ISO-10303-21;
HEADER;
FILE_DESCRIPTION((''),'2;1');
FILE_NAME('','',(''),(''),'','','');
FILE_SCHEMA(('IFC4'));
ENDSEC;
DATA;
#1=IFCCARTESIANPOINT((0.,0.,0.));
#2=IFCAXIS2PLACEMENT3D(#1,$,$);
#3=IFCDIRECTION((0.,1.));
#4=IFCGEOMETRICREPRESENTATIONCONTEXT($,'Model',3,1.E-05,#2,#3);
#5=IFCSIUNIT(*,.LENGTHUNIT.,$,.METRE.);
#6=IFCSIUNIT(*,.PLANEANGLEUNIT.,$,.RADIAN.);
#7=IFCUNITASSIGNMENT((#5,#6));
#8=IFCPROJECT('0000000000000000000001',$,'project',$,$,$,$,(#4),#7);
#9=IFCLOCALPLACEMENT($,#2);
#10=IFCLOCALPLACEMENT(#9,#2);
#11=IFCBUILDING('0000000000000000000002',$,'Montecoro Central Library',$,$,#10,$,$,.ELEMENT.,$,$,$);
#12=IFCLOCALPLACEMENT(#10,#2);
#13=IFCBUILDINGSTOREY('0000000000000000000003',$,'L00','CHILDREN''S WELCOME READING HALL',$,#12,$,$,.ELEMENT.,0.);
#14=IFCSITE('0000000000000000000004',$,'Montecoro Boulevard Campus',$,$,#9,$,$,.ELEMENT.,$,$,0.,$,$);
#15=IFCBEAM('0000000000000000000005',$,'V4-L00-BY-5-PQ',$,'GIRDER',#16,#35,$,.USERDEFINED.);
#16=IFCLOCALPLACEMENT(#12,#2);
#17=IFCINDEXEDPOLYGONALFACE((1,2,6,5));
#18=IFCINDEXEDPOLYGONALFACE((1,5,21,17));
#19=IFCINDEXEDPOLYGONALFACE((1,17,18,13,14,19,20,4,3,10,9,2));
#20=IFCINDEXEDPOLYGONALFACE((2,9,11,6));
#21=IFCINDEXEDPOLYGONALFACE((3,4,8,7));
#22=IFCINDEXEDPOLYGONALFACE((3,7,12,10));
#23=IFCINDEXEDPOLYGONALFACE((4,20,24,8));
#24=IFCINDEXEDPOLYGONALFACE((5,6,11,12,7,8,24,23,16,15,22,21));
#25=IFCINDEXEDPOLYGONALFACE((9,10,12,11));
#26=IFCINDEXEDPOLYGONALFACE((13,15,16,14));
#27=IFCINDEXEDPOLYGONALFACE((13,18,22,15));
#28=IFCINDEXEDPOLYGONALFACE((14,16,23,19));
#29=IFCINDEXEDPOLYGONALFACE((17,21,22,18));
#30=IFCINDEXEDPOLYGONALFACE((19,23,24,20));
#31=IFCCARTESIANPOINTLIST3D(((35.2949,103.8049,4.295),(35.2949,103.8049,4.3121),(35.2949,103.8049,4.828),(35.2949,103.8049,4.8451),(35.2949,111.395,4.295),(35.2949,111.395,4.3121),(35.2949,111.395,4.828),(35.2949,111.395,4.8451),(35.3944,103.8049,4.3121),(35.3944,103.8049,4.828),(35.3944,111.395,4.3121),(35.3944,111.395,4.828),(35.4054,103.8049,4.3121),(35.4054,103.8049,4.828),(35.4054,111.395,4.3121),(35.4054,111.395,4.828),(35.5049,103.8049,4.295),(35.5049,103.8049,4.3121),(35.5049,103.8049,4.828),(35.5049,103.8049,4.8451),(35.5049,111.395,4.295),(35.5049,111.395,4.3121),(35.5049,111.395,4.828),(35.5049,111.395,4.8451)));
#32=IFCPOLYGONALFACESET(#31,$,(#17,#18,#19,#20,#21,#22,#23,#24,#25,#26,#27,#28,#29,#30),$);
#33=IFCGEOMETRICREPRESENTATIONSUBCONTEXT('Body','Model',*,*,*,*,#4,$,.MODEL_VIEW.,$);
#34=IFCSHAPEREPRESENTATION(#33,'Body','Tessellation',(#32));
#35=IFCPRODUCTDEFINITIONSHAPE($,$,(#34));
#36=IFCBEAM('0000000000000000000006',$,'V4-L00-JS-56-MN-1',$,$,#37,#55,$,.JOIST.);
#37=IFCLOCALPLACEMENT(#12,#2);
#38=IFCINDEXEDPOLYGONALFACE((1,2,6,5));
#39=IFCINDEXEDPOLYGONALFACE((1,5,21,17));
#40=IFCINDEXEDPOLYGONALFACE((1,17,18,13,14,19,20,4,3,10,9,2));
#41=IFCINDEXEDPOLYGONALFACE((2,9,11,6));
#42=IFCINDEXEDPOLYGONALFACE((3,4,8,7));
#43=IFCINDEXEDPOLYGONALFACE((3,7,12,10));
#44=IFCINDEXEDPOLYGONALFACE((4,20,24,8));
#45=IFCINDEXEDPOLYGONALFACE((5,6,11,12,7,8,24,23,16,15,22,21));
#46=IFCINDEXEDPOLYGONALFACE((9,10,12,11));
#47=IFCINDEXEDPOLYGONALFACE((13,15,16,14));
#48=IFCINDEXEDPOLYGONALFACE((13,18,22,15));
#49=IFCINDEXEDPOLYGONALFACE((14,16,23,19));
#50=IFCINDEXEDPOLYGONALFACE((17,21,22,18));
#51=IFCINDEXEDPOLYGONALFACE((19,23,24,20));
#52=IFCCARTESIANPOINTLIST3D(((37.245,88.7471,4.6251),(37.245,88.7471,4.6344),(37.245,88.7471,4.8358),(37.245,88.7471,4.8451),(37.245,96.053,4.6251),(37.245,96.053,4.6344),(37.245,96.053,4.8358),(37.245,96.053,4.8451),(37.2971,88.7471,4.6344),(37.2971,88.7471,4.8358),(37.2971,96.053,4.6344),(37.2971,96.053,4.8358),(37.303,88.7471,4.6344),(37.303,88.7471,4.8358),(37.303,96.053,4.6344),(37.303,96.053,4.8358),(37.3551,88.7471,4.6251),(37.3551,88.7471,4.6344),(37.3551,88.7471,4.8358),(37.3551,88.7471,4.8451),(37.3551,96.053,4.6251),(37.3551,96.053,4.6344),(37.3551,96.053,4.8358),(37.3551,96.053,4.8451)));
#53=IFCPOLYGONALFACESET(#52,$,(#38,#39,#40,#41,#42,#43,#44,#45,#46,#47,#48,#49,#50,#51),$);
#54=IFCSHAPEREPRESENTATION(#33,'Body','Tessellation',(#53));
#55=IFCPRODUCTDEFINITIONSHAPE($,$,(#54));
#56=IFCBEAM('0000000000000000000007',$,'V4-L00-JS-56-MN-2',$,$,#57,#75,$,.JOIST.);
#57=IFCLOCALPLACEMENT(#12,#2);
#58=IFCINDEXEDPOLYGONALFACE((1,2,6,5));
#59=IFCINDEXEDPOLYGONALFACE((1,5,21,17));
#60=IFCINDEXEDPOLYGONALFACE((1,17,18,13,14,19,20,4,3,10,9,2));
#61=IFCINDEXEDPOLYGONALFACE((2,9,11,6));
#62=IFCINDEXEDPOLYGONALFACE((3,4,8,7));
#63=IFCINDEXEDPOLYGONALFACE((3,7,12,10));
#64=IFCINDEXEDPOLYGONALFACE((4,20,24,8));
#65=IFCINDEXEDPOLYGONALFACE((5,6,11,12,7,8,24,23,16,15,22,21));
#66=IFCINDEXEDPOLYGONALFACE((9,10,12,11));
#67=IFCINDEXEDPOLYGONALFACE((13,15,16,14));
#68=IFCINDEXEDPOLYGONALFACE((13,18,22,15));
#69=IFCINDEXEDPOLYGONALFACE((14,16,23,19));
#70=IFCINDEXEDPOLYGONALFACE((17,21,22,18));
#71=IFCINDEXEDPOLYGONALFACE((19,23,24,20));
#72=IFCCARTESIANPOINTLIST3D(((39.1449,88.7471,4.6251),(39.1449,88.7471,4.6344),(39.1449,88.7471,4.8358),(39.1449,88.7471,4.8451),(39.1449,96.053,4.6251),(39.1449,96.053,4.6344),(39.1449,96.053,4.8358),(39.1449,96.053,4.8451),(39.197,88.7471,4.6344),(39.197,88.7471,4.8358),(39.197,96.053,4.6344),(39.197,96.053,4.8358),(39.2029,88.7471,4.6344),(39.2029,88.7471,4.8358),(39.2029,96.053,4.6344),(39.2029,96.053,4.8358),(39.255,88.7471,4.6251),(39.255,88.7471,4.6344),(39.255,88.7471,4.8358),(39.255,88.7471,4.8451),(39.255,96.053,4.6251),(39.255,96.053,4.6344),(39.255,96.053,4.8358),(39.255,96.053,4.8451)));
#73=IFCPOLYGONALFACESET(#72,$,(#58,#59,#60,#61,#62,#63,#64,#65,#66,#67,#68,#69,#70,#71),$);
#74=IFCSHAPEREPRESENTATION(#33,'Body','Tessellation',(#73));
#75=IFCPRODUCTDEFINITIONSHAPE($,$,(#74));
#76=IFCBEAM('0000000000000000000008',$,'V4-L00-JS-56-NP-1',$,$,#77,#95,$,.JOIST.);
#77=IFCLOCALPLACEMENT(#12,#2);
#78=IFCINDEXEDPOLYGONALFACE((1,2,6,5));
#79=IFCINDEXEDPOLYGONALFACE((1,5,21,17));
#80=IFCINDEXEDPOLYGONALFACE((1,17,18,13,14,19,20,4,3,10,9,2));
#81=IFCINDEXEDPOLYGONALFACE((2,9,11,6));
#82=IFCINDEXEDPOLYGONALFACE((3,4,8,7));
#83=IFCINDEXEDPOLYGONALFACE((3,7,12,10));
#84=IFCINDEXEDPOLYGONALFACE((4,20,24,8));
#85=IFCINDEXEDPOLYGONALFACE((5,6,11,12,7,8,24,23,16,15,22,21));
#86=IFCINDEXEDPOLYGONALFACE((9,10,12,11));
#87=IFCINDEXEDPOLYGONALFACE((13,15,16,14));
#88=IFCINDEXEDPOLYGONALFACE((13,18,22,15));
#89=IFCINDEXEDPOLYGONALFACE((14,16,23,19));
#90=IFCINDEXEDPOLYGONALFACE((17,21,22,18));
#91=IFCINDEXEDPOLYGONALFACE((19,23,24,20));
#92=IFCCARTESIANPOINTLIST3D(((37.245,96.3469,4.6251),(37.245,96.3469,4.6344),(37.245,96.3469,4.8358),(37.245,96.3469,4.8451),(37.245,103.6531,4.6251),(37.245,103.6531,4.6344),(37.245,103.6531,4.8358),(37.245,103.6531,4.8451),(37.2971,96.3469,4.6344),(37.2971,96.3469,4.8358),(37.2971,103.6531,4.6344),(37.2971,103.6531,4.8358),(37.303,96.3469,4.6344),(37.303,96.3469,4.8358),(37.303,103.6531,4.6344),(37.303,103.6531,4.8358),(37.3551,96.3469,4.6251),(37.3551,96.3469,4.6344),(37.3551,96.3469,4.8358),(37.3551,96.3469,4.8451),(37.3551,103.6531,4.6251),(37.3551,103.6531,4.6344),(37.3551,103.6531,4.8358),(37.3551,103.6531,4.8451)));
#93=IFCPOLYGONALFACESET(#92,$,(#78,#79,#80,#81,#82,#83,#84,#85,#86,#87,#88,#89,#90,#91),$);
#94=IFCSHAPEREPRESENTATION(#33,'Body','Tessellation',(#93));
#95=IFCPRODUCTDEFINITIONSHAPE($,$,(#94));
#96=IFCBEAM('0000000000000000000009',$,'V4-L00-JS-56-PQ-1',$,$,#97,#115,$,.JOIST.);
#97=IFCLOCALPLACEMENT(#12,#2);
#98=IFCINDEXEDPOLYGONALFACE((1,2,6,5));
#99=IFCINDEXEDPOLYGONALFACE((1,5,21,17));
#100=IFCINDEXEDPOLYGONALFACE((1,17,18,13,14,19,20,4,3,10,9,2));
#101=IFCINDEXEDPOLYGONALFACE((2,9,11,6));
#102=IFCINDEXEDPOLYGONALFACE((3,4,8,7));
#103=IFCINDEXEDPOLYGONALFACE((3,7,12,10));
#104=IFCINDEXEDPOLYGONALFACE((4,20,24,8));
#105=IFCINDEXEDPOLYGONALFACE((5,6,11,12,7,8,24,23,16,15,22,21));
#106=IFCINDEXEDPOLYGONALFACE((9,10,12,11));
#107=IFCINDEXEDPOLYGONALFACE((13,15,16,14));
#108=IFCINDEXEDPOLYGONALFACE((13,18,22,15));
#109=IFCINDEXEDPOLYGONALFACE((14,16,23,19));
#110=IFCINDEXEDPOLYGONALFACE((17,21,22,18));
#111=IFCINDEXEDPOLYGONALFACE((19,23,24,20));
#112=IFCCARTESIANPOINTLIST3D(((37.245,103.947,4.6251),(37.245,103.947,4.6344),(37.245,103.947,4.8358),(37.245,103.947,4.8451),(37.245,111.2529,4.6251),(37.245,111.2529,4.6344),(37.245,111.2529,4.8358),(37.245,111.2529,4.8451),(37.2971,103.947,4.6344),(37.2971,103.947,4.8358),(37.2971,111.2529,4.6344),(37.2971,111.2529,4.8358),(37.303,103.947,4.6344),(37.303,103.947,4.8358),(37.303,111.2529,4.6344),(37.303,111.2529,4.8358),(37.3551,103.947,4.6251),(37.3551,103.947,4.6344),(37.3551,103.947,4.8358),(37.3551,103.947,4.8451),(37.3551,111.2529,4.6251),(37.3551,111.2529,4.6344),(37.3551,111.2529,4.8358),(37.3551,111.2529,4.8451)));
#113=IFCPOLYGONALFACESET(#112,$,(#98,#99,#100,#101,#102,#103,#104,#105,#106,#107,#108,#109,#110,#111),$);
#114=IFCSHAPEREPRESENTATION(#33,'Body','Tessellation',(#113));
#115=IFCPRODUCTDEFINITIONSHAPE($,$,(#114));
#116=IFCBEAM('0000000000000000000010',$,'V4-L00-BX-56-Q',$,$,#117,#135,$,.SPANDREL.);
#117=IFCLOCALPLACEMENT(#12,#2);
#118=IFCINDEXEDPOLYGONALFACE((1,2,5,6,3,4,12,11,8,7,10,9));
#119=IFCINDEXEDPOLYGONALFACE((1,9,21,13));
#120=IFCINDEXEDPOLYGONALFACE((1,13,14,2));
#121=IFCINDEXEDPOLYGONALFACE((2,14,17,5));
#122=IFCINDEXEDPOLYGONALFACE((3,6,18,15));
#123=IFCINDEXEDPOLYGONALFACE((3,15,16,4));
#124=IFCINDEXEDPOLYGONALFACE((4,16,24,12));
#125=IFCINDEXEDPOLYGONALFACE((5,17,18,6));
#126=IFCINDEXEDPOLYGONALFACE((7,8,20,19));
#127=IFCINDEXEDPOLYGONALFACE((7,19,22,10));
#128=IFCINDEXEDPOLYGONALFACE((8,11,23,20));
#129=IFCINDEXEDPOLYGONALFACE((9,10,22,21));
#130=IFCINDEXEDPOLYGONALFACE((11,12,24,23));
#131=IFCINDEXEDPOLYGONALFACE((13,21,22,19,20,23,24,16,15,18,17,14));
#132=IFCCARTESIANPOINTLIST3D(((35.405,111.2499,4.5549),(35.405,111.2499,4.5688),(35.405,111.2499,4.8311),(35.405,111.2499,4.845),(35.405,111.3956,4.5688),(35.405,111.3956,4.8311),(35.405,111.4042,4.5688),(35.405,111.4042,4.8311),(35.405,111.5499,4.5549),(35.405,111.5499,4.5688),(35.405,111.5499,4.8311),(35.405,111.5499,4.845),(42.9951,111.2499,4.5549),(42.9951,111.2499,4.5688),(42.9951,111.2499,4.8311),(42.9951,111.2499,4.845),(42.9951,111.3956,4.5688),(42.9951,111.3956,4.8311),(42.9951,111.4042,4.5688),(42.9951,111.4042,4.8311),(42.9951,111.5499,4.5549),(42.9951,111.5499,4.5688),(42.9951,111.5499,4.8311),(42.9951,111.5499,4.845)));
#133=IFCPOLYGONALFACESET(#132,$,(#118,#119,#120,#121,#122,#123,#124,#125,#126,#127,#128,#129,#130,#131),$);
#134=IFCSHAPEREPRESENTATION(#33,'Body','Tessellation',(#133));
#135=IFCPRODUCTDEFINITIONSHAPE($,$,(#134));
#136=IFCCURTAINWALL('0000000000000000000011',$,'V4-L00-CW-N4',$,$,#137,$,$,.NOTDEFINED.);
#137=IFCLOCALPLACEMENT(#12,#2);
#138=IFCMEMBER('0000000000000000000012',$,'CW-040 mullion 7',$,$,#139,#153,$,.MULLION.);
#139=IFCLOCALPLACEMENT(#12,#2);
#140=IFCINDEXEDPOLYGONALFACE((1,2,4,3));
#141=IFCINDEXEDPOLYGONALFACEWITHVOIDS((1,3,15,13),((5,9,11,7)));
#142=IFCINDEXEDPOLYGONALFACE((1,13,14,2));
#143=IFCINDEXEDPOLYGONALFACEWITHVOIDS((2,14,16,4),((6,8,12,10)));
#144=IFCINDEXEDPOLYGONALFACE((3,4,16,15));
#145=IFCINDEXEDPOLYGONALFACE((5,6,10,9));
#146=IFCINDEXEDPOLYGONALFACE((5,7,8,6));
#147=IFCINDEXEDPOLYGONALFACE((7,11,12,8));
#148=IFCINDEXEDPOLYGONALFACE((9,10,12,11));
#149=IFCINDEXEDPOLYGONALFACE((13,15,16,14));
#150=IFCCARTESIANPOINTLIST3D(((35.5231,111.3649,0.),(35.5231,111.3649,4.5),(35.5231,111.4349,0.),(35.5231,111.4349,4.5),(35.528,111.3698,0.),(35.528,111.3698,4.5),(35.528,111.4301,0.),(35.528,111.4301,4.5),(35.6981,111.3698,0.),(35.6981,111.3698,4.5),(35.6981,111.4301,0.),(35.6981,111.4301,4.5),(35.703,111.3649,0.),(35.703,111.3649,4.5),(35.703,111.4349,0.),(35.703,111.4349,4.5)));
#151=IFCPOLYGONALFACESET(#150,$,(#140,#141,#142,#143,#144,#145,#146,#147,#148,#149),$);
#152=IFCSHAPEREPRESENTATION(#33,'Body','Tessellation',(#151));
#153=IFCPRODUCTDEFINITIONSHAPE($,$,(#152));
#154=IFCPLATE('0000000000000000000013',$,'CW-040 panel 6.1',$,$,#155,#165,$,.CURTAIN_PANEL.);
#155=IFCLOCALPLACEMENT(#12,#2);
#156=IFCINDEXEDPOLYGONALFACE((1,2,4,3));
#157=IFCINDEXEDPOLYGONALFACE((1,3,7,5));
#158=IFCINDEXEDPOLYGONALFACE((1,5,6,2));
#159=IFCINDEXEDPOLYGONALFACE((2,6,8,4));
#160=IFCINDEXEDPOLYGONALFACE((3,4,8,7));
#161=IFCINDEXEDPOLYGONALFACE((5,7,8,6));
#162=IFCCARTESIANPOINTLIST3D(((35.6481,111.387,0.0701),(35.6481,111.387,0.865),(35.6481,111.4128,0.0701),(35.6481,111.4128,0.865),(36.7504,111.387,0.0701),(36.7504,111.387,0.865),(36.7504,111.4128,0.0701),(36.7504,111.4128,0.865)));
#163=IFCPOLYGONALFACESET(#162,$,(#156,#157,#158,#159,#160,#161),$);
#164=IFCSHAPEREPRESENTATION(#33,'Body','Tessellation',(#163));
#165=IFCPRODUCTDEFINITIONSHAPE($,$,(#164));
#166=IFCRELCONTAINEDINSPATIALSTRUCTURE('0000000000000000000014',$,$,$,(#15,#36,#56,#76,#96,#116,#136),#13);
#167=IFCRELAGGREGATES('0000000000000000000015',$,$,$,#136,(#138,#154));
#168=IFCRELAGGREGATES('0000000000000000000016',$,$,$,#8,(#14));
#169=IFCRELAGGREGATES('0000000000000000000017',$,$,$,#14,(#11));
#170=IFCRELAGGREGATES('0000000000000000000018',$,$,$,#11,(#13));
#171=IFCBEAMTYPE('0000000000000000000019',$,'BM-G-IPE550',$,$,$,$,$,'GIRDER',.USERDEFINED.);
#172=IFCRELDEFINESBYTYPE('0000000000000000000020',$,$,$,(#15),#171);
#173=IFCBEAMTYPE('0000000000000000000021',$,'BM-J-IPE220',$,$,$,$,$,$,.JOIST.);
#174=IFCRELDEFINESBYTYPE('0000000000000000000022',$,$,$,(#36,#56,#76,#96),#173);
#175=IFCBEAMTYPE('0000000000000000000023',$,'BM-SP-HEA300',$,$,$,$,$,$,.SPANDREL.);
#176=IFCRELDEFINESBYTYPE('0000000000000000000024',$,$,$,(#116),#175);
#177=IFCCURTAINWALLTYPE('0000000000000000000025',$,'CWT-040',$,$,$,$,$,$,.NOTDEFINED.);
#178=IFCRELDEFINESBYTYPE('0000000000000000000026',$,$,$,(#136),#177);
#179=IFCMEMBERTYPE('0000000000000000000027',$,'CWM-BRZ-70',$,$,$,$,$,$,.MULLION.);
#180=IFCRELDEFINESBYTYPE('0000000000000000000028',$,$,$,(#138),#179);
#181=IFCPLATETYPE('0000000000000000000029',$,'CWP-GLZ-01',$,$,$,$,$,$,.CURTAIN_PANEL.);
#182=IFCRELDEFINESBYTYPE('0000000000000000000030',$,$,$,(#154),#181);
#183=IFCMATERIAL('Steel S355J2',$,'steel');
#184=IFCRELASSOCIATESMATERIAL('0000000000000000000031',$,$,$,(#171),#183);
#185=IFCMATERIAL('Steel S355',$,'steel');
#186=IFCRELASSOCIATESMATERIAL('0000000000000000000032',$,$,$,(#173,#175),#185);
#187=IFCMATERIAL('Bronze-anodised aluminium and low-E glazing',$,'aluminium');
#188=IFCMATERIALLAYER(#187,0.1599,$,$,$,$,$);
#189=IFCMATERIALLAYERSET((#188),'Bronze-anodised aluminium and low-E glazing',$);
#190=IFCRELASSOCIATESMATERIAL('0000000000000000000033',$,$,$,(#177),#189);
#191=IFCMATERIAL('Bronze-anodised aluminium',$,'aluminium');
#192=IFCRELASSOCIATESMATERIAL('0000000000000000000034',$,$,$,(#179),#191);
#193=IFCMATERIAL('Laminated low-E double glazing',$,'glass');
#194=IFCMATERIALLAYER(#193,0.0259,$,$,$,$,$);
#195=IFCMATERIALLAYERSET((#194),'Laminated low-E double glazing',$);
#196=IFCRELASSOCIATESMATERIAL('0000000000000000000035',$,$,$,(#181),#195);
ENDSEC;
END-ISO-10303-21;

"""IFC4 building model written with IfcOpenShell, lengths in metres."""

from ifc_helpers import new_model, si_unit, direction, frame, origin, origin_2d, place, context, subcontext, project, spatial, rectangle, hollow_rectangle, i_section, extrude, material, layer, layer_set, material_profile, profile_set, type_object, element, aggregate, save


model = new_model("IFC4")

# Units and contexts
model_context = context("Model", 3, precision=1e-05, world=origin(), true_north=direction((0.0, 1.0)))
body_context = subcontext(model_context, "Body", "Model", "MODEL_VIEW")
ifc_project = project(units=[si_unit("LENGTHUNIT", "METRE"), si_unit("PLANEANGLEUNIT", "RADIAN")], contexts=[model_context])

# Site, building, storey
site_placement = place(None, origin())
site = spatial("IfcSite", under=ifc_project, at=site_placement, Name="Montecoro Boulevard Campus", CompositionType="ELEMENT", RefElevation=0.0)
building_placement = place(site_placement, origin())
building = spatial("IfcBuilding", under=site, at=building_placement, Name="Montecoro Central Library", CompositionType="ELEMENT")
storey_placement = place(building_placement, origin())
storey = spatial("IfcBuildingStorey", under=building, at=storey_placement, Name="L00", Description="CHILDREN'S WELCOME READING HALL", CompositionType="ELEMENT", Elevation=0.0)

# Shared definitions
ifc_material_1 = material(Name="Steel S355J2", Category="steel")

# Beams
ifc_material_2 = material(Name="Steel S355", Category="steel")
ifc_material_profile_1 = material_profile(ifc_material_1, i_section(OverallWidth=0.21, OverallDepth=0.55, WebThickness=0.011, FlangeThickness=0.0171, at=origin_2d()), Name="IPE 550")
ifc_profile_set_1 = profile_set([ifc_material_profile_1], Name="Steel S355J2")
beam_type_1 = type_object("IfcBeamType", Name="BM-G-IPE550", ElementType="GIRDER", PredefinedType="USERDEFINED", material=ifc_profile_set_1)
beam_1_placement = place(storey_placement, frame((35.3999, 103.8049, 4.5701), z_axis=(0.0, 1.0, 0.0), x_axis=(-1.0, 0.0, 0.0)))
element("IfcBeam", 1, at=beam_1_placement, inside=storey, type_object=beam_type_1, Name="V4-L00-BY-5-PQ", ObjectType="GIRDER", PredefinedType="USERDEFINED", context=body_context, shape_type="SweptSolid", body=[
    extrude(i_section(OverallWidth=0.21, OverallDepth=0.55, WebThickness=0.011, FlangeThickness=0.0171, at=origin_2d()), origin(), (0.0, 0.0, 1.0), 7.5901),
])
ifc_material_profile_2 = material_profile(ifc_material_2, i_section(OverallWidth=0.1101, OverallDepth=0.22, WebThickness=0.0059, FlangeThickness=0.0093, at=origin_2d()), Name="IPE 220")
ifc_profile_set_2 = profile_set([ifc_material_profile_2], Name="Steel S355")
beam_type_2 = type_object("IfcBeamType", Name="BM-J-IPE220", PredefinedType="JOIST", material=ifc_profile_set_2)
for number, where, z_axis, x_axis, name in (
    (2, (37.3, 88.7471, 4.7351), (0.0, 1.0, 0.0), (-1.0, 0.0, 0.0), "V4-L00-JS-56-MN-1"),
    (3, (39.2, 88.7471, 4.7351), (0.0, 1.0, 0.0), (-1.0, 0.0, 0.0), "V4-L00-JS-56-MN-2"),
):
    element("IfcBeam", number, at=place(storey_placement, frame(where, z_axis=z_axis, x_axis=x_axis)), inside=storey, type_object=beam_type_2, Name=name, PredefinedType="JOIST", context=body_context, shape_type="SweptSolid", body=[
        extrude(i_section(OverallWidth=0.1101, OverallDepth=0.22, WebThickness=0.0059, FlangeThickness=0.0093, at=origin_2d()), origin(), (0.0, 0.0, 1.0), 7.3059),
    ])
beam_2_placement = place(storey_placement, frame((37.3, 96.3469, 4.7351), z_axis=(0.0, 1.0, 0.0), x_axis=(-1.0, 0.0, 0.0)))
element("IfcBeam", 4, at=beam_2_placement, inside=storey, type_object=beam_type_2, Name="V4-L00-JS-56-NP-1", PredefinedType="JOIST", context=body_context, shape_type="SweptSolid", body=[
    extrude(i_section(OverallWidth=0.1101, OverallDepth=0.22, WebThickness=0.0059, FlangeThickness=0.0093, at=origin_2d()), origin(), (0.0, 0.0, 1.0), 7.3062),
])
beam_3_placement = place(storey_placement, frame((37.3, 103.947, 4.7351), z_axis=(0.0, 1.0, 0.0), x_axis=(-1.0, 0.0, 0.0)))
element("IfcBeam", 5, at=beam_3_placement, inside=storey, type_object=beam_type_2, Name="V4-L00-JS-56-PQ-1", PredefinedType="JOIST", context=body_context, shape_type="SweptSolid", body=[
    extrude(i_section(OverallWidth=0.1101, OverallDepth=0.22, WebThickness=0.0059, FlangeThickness=0.0093, at=origin_2d()), origin(), (0.0, 0.0, 1.0), 7.3059),
])
ifc_material_profile_3 = material_profile(ifc_material_2, i_section(OverallWidth=0.3, OverallDepth=0.29, WebThickness=0.0085, FlangeThickness=0.0139, at=origin_2d()), Name="HEA 300")
ifc_profile_set_3 = profile_set([ifc_material_profile_3], Name="Steel S355")
beam_type_3 = type_object("IfcBeamType", Name="BM-SP-HEA300", PredefinedType="SPANDREL", material=ifc_profile_set_3)
beam_4_placement = place(storey_placement, frame((35.405, 111.3999, 4.7), z_axis=(1.0, 0.0, 0.0), x_axis=(0.0, 1.0, 0.0)))
element("IfcBeam", 6, at=beam_4_placement, inside=storey, type_object=beam_type_3, Name="V4-L00-BX-56-Q", PredefinedType="SPANDREL", context=body_context, shape_type="SweptSolid", body=[
    extrude(i_section(OverallWidth=0.3, OverallDepth=0.29, WebThickness=0.0085, FlangeThickness=0.0139, at=origin_2d()), origin(), (0.0, 0.0, 1.0), 7.5901),
])

# Curtain wall, member, plate
ifc_material_3 = material(Name="Bronze-anodised aluminium and low-E glazing", Category="aluminium")
ifc_layer_1 = layer(ifc_material_3, 0.1599)
ifc_layer_set_1 = layer_set([ifc_layer_1], Name="Bronze-anodised aluminium and low-E glazing")
curtain_wall_type = type_object("IfcCurtainWallType", Name="CWT-040", PredefinedType="NOTDEFINED", material=ifc_layer_set_1)
curtain_wall_placement = place(storey_placement, origin())
curtain_wall = element("IfcCurtainWall", 7, at=curtain_wall_placement, inside=storey, type_object=curtain_wall_type, Name="V4-L00-CW-N4", PredefinedType="NOTDEFINED")
ifc_material_4 = material(Name="Bronze-anodised aluminium", Category="aluminium")
ifc_material_profile_4 = material_profile(ifc_material_4, hollow_rectangle(XDim=0.0701, YDim=0.1799, WallThickness=0.0049, at=origin_2d()), Name="CWM 180x70x5.0")
ifc_profile_set_4 = profile_set([ifc_material_profile_4], Name="Bronze-anodised aluminium")
member_type = type_object("IfcMemberType", Name="CWM-BRZ-70", PredefinedType="MULLION", material=ifc_profile_set_4)
member_placement = place(storey_placement, frame((35.613, 111.3999, 0.0), z_axis=(0.0, 0.0, 1.0), x_axis=(0.0, -1.0, 0.0)))
member = element("IfcMember", 8, at=member_placement, type_object=member_type, Name="CW-040 mullion 7", PredefinedType="MULLION", context=body_context, shape_type="SweptSolid", body=[
    extrude(hollow_rectangle(XDim=0.0701, YDim=0.1799, WallThickness=0.0049, at=origin_2d()), origin(), (0.0, 0.0, 1.0), 4.5),
])
ifc_material_5 = material(Name="Laminated low-E double glazing", Category="glass")
ifc_layer_2 = layer(ifc_material_5, 0.0259)
ifc_layer_set_2 = layer_set([ifc_layer_2], Name="Laminated low-E double glazing")
plate_type = type_object("IfcPlateType", Name="CWP-GLZ-01", PredefinedType="CURTAIN_PANEL", material=ifc_layer_set_2)
plate_placement = place(storey_placement, frame((36.1992, 111.3999, 0.0701), z_axis=(0.0, 0.0, 1.0), x_axis=(-1.0, 0.0, 0.0)))
plate = element("IfcPlate", 9, at=plate_placement, type_object=plate_type, Name="CW-040 panel 6.1", PredefinedType="CURTAIN_PANEL", context=body_context, shape_type="SweptSolid", body=[
    extrude(rectangle(XDim=1.1023, YDim=0.0259, at=origin_2d()), origin(), (0.0, 0.0, 1.0), 0.7949),
])
aggregate(curtain_wall, [member, plate])

save(model, "model.ifc")
